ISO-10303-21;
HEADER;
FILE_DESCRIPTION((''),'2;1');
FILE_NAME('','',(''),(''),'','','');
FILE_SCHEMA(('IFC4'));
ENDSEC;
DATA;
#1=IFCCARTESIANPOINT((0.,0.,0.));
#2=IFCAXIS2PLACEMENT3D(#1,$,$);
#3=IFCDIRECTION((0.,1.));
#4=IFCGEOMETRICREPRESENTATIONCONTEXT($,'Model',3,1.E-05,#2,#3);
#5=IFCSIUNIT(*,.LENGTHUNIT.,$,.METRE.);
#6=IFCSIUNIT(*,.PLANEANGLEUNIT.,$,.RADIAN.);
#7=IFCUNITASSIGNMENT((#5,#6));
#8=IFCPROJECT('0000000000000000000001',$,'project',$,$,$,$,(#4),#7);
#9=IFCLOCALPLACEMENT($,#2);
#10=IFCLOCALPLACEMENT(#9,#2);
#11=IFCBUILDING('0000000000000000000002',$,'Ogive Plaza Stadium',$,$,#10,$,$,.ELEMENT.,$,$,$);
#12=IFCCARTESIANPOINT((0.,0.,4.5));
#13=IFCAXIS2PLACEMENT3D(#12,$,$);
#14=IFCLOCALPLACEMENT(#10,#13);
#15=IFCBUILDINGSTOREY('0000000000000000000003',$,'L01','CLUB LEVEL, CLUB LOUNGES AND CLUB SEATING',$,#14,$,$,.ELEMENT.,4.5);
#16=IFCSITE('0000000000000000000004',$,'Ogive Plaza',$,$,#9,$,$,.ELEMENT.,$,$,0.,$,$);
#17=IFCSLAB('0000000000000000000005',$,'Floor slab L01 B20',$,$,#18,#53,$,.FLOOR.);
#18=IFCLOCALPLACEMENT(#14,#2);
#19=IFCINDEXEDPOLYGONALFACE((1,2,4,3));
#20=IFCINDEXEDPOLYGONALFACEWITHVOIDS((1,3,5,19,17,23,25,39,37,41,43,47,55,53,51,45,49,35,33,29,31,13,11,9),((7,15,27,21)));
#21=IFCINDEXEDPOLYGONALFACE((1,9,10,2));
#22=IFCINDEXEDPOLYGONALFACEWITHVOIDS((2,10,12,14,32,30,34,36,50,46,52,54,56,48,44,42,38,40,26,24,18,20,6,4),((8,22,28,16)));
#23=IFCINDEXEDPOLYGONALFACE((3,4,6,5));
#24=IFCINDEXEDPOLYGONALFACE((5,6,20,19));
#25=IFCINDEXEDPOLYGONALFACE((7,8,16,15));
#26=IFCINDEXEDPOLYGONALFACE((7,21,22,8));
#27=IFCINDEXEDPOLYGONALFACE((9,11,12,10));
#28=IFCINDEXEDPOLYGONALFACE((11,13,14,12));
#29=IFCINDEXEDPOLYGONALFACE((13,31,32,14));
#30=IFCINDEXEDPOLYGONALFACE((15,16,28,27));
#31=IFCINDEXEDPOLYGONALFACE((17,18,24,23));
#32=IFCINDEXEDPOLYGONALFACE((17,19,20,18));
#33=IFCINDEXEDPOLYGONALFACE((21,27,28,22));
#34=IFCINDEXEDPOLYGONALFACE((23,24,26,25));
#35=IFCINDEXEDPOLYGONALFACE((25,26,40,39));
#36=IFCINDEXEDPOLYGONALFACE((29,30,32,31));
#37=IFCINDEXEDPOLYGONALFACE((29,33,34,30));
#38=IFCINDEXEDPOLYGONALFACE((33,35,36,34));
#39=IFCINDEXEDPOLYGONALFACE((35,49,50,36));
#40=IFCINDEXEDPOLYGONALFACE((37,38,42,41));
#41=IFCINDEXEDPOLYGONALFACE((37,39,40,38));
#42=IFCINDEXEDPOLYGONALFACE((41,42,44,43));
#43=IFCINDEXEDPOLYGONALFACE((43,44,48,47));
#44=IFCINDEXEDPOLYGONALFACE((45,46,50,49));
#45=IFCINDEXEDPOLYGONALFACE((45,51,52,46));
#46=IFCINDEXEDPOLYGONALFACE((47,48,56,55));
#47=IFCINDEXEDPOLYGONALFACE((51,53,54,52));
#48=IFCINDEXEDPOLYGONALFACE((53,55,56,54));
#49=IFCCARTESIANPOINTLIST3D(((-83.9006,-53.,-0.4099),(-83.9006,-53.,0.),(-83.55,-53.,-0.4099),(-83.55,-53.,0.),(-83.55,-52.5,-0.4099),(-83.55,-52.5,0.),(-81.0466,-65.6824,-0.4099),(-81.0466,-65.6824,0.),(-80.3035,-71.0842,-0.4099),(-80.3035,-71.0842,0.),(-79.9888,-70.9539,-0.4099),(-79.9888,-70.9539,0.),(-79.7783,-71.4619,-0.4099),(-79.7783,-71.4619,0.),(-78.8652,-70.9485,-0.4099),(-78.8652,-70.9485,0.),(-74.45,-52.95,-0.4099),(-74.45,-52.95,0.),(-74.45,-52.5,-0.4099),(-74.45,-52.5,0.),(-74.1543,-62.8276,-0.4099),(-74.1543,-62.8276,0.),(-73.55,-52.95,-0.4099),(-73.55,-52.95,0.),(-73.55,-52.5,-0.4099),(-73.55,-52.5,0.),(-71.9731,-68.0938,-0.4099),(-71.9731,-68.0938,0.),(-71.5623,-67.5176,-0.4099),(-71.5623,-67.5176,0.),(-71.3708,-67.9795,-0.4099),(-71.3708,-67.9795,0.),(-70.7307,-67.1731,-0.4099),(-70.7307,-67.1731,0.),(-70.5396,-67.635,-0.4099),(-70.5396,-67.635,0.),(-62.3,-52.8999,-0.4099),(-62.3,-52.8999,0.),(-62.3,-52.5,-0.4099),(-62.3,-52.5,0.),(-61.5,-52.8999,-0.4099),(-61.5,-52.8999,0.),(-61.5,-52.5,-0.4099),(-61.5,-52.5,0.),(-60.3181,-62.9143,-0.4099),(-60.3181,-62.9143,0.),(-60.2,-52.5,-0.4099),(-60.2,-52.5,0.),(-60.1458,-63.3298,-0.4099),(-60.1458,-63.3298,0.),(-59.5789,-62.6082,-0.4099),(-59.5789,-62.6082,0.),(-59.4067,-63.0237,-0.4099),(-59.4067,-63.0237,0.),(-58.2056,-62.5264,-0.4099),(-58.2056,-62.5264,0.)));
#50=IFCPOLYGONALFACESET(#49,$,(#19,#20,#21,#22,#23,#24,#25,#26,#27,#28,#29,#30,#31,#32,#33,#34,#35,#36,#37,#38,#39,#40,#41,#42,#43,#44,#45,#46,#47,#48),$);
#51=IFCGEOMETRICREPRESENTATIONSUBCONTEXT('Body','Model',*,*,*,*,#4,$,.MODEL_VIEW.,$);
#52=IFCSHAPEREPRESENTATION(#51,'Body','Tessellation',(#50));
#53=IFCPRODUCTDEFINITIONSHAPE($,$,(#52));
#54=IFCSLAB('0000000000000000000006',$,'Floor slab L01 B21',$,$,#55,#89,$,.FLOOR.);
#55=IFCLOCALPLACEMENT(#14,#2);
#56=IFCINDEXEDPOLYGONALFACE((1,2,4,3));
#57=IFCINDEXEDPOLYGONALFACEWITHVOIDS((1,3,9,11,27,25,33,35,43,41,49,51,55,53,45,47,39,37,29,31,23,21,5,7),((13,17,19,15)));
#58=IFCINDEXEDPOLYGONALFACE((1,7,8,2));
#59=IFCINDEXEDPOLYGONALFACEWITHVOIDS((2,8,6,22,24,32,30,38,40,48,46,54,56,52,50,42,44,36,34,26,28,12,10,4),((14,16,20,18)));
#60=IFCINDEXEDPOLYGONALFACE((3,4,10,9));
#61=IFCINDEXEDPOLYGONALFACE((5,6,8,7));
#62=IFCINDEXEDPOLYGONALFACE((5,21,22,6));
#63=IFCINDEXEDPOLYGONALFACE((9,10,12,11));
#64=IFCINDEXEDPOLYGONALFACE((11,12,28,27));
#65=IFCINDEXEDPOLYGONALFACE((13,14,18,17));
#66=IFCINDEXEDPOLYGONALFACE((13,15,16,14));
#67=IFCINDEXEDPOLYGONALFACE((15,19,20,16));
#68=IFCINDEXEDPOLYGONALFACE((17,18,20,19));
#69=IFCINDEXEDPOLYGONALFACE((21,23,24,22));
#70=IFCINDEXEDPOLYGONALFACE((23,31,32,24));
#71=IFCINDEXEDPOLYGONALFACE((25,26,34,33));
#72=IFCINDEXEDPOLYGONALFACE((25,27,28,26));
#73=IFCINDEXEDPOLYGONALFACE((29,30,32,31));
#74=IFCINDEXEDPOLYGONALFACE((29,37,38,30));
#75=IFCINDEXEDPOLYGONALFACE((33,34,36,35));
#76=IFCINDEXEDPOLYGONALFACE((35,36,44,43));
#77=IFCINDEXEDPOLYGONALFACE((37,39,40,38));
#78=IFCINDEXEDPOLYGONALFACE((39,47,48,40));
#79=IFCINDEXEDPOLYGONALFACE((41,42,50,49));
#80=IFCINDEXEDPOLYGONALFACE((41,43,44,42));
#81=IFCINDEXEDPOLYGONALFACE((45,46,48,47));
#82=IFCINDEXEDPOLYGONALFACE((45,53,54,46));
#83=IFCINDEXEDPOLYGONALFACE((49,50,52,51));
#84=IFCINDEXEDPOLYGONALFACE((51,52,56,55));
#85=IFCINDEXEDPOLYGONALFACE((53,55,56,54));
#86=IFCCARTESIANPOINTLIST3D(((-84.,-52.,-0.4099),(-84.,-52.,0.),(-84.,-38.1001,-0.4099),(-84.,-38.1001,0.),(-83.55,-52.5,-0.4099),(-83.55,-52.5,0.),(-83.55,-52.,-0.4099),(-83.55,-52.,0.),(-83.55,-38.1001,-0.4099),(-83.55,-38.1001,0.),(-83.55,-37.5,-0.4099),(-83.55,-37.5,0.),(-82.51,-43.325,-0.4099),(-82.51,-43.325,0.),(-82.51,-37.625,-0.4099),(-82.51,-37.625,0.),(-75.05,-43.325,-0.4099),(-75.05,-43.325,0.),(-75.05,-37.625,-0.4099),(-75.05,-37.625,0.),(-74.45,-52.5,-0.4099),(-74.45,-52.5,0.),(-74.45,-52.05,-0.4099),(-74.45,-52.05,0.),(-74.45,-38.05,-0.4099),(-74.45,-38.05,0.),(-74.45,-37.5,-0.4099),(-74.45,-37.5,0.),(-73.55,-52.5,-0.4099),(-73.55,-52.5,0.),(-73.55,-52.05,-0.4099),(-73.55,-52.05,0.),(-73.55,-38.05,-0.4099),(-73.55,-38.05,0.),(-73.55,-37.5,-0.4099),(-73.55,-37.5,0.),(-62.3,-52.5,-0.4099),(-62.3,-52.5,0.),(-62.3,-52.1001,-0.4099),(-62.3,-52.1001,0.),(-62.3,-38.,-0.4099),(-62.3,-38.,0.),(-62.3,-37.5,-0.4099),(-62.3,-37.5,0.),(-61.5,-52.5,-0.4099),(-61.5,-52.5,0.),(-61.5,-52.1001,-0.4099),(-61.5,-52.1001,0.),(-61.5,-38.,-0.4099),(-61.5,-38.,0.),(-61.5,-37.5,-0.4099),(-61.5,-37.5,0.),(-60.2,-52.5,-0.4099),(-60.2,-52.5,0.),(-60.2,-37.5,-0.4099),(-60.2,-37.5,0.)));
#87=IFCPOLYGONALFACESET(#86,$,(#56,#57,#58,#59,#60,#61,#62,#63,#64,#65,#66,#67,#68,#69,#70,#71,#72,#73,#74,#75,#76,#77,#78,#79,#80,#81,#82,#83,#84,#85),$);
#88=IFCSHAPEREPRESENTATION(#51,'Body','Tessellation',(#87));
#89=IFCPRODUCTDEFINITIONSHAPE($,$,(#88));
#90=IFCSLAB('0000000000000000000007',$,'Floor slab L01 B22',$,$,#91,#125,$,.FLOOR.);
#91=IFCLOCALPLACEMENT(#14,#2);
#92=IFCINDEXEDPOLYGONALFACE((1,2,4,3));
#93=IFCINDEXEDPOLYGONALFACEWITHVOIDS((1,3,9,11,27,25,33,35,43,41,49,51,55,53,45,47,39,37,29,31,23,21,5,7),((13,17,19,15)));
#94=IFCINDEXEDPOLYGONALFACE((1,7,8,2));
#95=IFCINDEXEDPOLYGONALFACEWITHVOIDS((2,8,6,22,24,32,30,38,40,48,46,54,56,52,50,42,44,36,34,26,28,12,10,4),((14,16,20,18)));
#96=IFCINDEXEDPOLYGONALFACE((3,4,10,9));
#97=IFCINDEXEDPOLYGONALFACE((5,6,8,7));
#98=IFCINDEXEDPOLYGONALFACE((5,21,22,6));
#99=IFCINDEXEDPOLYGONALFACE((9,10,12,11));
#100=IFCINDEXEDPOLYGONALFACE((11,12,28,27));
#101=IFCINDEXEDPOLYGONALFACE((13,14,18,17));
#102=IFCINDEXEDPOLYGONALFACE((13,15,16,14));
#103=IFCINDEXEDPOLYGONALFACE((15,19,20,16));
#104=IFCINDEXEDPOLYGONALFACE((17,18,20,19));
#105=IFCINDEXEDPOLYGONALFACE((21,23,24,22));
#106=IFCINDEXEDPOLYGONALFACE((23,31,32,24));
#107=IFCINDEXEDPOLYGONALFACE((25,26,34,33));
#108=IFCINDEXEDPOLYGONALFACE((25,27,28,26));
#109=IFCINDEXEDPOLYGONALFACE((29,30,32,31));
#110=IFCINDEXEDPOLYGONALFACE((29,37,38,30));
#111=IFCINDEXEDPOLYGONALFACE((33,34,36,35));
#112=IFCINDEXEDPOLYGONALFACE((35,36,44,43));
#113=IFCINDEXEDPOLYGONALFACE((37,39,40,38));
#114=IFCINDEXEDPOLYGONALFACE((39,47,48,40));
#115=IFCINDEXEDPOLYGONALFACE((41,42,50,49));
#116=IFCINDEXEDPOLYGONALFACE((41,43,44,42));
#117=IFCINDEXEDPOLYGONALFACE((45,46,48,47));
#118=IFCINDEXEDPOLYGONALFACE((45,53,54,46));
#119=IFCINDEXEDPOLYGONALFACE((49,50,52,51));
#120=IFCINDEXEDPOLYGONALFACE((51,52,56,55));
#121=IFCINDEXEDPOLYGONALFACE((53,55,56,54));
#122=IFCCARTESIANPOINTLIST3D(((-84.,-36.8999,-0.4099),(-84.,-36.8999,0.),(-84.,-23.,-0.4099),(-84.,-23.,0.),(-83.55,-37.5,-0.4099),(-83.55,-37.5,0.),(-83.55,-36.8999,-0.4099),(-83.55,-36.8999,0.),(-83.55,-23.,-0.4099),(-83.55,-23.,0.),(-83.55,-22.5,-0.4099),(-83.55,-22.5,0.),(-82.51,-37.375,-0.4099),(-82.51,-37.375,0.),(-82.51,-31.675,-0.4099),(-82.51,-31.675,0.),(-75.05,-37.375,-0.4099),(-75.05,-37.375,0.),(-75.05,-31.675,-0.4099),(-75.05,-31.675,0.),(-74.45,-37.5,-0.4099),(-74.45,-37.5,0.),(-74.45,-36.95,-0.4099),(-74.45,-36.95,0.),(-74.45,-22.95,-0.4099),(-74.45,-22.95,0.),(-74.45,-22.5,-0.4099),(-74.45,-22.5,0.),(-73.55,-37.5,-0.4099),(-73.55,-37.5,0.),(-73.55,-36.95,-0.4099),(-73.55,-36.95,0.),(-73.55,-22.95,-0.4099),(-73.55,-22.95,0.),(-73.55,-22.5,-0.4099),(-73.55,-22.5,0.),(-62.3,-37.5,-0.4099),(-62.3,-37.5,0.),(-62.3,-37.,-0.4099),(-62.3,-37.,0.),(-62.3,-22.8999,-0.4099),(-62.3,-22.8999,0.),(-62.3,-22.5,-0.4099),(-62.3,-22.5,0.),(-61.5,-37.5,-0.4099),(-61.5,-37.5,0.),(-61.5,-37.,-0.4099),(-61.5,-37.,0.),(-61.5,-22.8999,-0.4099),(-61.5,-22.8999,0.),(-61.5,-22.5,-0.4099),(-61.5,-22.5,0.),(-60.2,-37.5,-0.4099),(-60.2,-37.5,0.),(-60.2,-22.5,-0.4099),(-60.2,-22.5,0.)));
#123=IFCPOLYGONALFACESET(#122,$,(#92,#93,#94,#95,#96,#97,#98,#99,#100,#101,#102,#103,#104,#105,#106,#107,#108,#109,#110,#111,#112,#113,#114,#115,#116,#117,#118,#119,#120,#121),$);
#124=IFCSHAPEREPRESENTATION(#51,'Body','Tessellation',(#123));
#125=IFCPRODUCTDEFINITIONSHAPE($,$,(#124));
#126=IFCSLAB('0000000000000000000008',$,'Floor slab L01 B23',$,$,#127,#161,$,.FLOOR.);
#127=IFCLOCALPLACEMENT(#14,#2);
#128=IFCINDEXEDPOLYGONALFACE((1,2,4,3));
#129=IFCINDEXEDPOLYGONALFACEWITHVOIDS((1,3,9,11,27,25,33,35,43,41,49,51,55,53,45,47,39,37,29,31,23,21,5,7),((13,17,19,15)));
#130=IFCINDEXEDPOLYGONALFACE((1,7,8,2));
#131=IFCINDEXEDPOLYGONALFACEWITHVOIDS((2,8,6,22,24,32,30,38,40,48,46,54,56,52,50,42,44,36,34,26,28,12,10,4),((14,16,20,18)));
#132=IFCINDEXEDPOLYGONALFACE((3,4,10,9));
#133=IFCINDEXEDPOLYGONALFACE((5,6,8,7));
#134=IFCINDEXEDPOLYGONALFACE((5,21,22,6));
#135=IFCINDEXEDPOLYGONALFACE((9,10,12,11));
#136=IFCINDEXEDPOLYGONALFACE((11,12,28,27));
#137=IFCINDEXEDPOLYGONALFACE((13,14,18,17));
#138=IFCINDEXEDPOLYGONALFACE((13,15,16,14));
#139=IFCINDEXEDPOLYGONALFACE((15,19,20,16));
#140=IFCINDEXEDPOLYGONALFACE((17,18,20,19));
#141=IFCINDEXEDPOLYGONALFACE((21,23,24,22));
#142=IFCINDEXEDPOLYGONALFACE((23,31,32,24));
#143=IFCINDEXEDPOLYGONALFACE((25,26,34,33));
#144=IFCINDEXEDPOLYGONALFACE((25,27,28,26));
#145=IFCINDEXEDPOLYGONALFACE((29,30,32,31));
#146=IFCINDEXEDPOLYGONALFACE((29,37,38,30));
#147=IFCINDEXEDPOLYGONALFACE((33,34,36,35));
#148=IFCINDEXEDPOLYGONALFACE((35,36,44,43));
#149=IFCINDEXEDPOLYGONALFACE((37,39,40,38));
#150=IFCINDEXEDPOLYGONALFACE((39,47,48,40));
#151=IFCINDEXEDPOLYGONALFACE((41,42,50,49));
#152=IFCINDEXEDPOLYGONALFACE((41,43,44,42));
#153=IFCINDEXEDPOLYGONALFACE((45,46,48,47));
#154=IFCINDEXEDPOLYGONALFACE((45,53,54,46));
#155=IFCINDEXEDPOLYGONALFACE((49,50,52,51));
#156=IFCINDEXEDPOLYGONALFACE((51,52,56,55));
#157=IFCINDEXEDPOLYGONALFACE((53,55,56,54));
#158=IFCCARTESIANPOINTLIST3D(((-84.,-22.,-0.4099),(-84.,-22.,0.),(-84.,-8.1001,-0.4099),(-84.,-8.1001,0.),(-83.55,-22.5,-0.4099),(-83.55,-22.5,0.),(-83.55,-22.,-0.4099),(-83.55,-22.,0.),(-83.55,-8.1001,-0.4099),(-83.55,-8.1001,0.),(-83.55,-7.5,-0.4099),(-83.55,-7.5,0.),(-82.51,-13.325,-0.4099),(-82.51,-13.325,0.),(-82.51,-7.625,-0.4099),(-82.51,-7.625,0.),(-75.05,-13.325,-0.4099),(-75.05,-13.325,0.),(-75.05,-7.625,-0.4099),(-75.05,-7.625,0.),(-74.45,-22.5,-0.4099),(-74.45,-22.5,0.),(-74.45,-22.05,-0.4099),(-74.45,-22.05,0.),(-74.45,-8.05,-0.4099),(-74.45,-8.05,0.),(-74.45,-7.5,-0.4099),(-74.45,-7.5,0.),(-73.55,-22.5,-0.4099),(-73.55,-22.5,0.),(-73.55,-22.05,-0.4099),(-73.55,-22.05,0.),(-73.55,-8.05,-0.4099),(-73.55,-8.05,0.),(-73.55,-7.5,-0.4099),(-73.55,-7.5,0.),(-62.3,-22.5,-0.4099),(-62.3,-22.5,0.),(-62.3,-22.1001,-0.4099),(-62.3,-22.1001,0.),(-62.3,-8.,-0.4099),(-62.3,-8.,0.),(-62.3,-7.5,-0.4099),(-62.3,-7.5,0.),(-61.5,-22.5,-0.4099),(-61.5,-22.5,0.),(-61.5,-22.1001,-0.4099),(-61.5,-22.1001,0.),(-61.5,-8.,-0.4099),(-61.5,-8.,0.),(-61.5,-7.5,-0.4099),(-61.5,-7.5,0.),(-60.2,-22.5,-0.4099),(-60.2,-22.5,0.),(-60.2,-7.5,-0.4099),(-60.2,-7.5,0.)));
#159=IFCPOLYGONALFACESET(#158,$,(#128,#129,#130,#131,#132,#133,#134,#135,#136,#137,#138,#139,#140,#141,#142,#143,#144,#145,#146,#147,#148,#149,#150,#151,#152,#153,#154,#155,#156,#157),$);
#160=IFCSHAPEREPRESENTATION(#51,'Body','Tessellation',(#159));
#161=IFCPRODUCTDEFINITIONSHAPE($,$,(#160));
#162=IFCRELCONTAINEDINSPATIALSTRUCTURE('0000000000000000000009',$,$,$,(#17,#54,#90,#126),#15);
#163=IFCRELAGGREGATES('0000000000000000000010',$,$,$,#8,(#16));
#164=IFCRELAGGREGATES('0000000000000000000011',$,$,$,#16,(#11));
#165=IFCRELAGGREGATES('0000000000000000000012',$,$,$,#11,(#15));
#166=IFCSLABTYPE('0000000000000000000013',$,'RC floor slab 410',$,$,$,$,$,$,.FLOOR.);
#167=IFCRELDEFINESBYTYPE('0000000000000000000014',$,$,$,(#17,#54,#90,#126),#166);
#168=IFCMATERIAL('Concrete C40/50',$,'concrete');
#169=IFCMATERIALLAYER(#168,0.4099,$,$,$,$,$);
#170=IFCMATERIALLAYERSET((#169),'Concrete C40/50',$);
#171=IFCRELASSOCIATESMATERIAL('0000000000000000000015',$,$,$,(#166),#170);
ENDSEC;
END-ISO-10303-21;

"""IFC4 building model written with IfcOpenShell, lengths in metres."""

from ifc_helpers import new_model, si_unit, direction, frame, origin, place, context, subcontext, project, spatial, polyline, outline, extrude, material, layer, layer_set, type_object, element, save


model = new_model("IFC4")

# Units and contexts
model_context = context("Model", 3, precision=1e-05, world=origin(), true_north=direction((0.0, 1.0)))
body_context = subcontext(model_context, "Body", "Model", "MODEL_VIEW")
ifc_project = project(units=[si_unit("LENGTHUNIT", "METRE"), si_unit("PLANEANGLEUNIT", "RADIAN")], contexts=[model_context])

# Site, building, storey
site_placement = place(None, origin())
site = spatial("IfcSite", under=ifc_project, at=site_placement, Name="Ogive Plaza", CompositionType="ELEMENT", RefElevation=0.0)
building_placement = place(site_placement, origin())
building = spatial("IfcBuilding", under=site, at=building_placement, Name="Ogive Plaza Stadium", CompositionType="ELEMENT")
storey_placement = place(building_placement, frame((0.0, 0.0, 4.5)))
storey = spatial("IfcBuildingStorey", under=building, at=storey_placement, Name="L01", Description="CLUB LEVEL, CLUB LOUNGES AND CLUB SEATING", CompositionType="ELEMENT", Elevation=4.5)

# Slabs
ifc_material = material(Name="Concrete C40/50", Category="concrete")
ifc_layer = layer(ifc_material, 0.4099)
ifc_layer_set = layer_set([ifc_layer], Name="Concrete C40/50")
slab_type = type_object("IfcSlabType", Name="RC floor slab 410", PredefinedType="FLOOR", material=ifc_layer_set)
slab_1_placement = place(storey_placement, frame((0.0, 0.0, -0.4099)))
element("IfcSlab", 1, at=slab_1_placement, inside=storey, type_object=slab_type, Name="Floor slab L01 B20", PredefinedType="FLOOR", context=body_context, shape_type="SweptSolid", body=[
    extrude(outline(polyline([(-61.5, -52.5), (-61.5, -52.8999), (-62.3, -52.8999), (-62.3, -52.5), (-73.55, -52.5), (-73.55, -52.95), (-74.45, -52.95), (-74.45, -52.5), (-83.55, -52.5), (-83.55, -53.0), (-83.9006, -53.0), (-80.3035, -71.0842), (-79.9888, -70.9539), (-79.7783, -71.4619), (-71.3708, -67.9795), (-71.5623, -67.5176), (-70.7307, -67.1731), (-70.5396, -67.635), (-60.1458, -63.3298), (-60.3181, -62.9143), (-59.5789, -62.6082), (-59.4067, -63.0237), (-58.2056, -62.5264), (-60.2, -52.5), (-61.5, -52.5)]), holes=[polyline([(-71.9731, -68.0938), (-74.1543, -62.8276), (-81.0466, -65.6824), (-78.8652, -70.9485), (-71.9731, -68.0938)])]), origin(), (0.0, 0.0, 1.0), 0.4099),
])
slab_2_placement = place(storey_placement, frame((0.0, 0.0, -0.4099)))
element("IfcSlab", 2, at=slab_2_placement, inside=storey, type_object=slab_type, Name="Floor slab L01 B21", PredefinedType="FLOOR", context=body_context, shape_type="SweptSolid", body=[
    extrude(outline(polyline([(-61.5, -37.5), (-61.5, -38.0), (-62.3, -38.0), (-62.3, -37.5), (-73.55, -37.5), (-73.55, -38.05), (-74.45, -38.05), (-74.45, -37.5), (-83.55, -37.5), (-83.55, -38.1001), (-84.0, -38.1001), (-84.0, -52.0), (-83.55, -52.0), (-83.55, -52.5), (-74.45, -52.5), (-74.45, -52.05), (-73.55, -52.05), (-73.55, -52.5), (-62.3, -52.5), (-62.3, -52.1001), (-61.5, -52.1001), (-61.5, -52.5), (-60.2, -52.5), (-60.2, -37.5), (-61.5, -37.5)]), holes=[polyline([(-75.05, -43.325), (-75.05, -37.625), (-82.51, -37.625), (-82.51, -43.325), (-75.05, -43.325)])]), origin(), (0.0, 0.0, 1.0), 0.4099),
])
slab_3_placement = place(storey_placement, frame((0.0, 0.0, -0.4099)))
element("IfcSlab", 3, at=slab_3_placement, inside=storey, type_object=slab_type, Name="Floor slab L01 B22", PredefinedType="FLOOR", context=body_context, shape_type="SweptSolid", body=[
    extrude(outline(polyline([(-61.5, -22.5), (-61.5, -22.8999), (-62.3, -22.8999), (-62.3, -22.5), (-73.55, -22.5), (-73.55, -22.95), (-74.45, -22.95), (-74.45, -22.5), (-83.55, -22.5), (-83.55, -23.0), (-84.0, -23.0), (-84.0, -36.8999), (-83.55, -36.8999), (-83.55, -37.5), (-74.45, -37.5), (-74.45, -36.95), (-73.55, -36.95), (-73.55, -37.5), (-62.3, -37.5), (-62.3, -37.0), (-61.5, -37.0), (-61.5, -37.5), (-60.2, -37.5), (-60.2, -22.5), (-61.5, -22.5)]), holes=[polyline([(-75.05, -37.375), (-75.05, -31.675), (-82.51, -31.675), (-82.51, -37.375), (-75.05, -37.375)])]), origin(), (0.0, 0.0, 1.0), 0.4099),
])
slab_4_placement = place(storey_placement, frame((0.0, 0.0, -0.4099)))
element("IfcSlab", 4, at=slab_4_placement, inside=storey, type_object=slab_type, Name="Floor slab L01 B23", PredefinedType="FLOOR", context=body_context, shape_type="SweptSolid", body=[
    extrude(outline(polyline([(-61.5, -7.5), (-61.5, -8.0), (-62.3, -8.0), (-62.3, -7.5), (-73.55, -7.5), (-73.55, -8.05), (-74.45, -8.05), (-74.45, -7.5), (-83.55, -7.5), (-83.55, -8.1001), (-84.0, -8.1001), (-84.0, -22.0), (-83.55, -22.0), (-83.55, -22.5), (-74.45, -22.5), (-74.45, -22.05), (-73.55, -22.05), (-73.55, -22.5), (-62.3, -22.5), (-62.3, -22.1001), (-61.5, -22.1001), (-61.5, -22.5), (-60.2, -22.5), (-60.2, -7.5), (-61.5, -7.5)]), holes=[polyline([(-75.05, -13.325), (-75.05, -7.625), (-82.51, -7.625), (-82.51, -13.325), (-75.05, -13.325)])]), origin(), (0.0, 0.0, 1.0), 0.4099),
])

save(model, "model.ifc")
